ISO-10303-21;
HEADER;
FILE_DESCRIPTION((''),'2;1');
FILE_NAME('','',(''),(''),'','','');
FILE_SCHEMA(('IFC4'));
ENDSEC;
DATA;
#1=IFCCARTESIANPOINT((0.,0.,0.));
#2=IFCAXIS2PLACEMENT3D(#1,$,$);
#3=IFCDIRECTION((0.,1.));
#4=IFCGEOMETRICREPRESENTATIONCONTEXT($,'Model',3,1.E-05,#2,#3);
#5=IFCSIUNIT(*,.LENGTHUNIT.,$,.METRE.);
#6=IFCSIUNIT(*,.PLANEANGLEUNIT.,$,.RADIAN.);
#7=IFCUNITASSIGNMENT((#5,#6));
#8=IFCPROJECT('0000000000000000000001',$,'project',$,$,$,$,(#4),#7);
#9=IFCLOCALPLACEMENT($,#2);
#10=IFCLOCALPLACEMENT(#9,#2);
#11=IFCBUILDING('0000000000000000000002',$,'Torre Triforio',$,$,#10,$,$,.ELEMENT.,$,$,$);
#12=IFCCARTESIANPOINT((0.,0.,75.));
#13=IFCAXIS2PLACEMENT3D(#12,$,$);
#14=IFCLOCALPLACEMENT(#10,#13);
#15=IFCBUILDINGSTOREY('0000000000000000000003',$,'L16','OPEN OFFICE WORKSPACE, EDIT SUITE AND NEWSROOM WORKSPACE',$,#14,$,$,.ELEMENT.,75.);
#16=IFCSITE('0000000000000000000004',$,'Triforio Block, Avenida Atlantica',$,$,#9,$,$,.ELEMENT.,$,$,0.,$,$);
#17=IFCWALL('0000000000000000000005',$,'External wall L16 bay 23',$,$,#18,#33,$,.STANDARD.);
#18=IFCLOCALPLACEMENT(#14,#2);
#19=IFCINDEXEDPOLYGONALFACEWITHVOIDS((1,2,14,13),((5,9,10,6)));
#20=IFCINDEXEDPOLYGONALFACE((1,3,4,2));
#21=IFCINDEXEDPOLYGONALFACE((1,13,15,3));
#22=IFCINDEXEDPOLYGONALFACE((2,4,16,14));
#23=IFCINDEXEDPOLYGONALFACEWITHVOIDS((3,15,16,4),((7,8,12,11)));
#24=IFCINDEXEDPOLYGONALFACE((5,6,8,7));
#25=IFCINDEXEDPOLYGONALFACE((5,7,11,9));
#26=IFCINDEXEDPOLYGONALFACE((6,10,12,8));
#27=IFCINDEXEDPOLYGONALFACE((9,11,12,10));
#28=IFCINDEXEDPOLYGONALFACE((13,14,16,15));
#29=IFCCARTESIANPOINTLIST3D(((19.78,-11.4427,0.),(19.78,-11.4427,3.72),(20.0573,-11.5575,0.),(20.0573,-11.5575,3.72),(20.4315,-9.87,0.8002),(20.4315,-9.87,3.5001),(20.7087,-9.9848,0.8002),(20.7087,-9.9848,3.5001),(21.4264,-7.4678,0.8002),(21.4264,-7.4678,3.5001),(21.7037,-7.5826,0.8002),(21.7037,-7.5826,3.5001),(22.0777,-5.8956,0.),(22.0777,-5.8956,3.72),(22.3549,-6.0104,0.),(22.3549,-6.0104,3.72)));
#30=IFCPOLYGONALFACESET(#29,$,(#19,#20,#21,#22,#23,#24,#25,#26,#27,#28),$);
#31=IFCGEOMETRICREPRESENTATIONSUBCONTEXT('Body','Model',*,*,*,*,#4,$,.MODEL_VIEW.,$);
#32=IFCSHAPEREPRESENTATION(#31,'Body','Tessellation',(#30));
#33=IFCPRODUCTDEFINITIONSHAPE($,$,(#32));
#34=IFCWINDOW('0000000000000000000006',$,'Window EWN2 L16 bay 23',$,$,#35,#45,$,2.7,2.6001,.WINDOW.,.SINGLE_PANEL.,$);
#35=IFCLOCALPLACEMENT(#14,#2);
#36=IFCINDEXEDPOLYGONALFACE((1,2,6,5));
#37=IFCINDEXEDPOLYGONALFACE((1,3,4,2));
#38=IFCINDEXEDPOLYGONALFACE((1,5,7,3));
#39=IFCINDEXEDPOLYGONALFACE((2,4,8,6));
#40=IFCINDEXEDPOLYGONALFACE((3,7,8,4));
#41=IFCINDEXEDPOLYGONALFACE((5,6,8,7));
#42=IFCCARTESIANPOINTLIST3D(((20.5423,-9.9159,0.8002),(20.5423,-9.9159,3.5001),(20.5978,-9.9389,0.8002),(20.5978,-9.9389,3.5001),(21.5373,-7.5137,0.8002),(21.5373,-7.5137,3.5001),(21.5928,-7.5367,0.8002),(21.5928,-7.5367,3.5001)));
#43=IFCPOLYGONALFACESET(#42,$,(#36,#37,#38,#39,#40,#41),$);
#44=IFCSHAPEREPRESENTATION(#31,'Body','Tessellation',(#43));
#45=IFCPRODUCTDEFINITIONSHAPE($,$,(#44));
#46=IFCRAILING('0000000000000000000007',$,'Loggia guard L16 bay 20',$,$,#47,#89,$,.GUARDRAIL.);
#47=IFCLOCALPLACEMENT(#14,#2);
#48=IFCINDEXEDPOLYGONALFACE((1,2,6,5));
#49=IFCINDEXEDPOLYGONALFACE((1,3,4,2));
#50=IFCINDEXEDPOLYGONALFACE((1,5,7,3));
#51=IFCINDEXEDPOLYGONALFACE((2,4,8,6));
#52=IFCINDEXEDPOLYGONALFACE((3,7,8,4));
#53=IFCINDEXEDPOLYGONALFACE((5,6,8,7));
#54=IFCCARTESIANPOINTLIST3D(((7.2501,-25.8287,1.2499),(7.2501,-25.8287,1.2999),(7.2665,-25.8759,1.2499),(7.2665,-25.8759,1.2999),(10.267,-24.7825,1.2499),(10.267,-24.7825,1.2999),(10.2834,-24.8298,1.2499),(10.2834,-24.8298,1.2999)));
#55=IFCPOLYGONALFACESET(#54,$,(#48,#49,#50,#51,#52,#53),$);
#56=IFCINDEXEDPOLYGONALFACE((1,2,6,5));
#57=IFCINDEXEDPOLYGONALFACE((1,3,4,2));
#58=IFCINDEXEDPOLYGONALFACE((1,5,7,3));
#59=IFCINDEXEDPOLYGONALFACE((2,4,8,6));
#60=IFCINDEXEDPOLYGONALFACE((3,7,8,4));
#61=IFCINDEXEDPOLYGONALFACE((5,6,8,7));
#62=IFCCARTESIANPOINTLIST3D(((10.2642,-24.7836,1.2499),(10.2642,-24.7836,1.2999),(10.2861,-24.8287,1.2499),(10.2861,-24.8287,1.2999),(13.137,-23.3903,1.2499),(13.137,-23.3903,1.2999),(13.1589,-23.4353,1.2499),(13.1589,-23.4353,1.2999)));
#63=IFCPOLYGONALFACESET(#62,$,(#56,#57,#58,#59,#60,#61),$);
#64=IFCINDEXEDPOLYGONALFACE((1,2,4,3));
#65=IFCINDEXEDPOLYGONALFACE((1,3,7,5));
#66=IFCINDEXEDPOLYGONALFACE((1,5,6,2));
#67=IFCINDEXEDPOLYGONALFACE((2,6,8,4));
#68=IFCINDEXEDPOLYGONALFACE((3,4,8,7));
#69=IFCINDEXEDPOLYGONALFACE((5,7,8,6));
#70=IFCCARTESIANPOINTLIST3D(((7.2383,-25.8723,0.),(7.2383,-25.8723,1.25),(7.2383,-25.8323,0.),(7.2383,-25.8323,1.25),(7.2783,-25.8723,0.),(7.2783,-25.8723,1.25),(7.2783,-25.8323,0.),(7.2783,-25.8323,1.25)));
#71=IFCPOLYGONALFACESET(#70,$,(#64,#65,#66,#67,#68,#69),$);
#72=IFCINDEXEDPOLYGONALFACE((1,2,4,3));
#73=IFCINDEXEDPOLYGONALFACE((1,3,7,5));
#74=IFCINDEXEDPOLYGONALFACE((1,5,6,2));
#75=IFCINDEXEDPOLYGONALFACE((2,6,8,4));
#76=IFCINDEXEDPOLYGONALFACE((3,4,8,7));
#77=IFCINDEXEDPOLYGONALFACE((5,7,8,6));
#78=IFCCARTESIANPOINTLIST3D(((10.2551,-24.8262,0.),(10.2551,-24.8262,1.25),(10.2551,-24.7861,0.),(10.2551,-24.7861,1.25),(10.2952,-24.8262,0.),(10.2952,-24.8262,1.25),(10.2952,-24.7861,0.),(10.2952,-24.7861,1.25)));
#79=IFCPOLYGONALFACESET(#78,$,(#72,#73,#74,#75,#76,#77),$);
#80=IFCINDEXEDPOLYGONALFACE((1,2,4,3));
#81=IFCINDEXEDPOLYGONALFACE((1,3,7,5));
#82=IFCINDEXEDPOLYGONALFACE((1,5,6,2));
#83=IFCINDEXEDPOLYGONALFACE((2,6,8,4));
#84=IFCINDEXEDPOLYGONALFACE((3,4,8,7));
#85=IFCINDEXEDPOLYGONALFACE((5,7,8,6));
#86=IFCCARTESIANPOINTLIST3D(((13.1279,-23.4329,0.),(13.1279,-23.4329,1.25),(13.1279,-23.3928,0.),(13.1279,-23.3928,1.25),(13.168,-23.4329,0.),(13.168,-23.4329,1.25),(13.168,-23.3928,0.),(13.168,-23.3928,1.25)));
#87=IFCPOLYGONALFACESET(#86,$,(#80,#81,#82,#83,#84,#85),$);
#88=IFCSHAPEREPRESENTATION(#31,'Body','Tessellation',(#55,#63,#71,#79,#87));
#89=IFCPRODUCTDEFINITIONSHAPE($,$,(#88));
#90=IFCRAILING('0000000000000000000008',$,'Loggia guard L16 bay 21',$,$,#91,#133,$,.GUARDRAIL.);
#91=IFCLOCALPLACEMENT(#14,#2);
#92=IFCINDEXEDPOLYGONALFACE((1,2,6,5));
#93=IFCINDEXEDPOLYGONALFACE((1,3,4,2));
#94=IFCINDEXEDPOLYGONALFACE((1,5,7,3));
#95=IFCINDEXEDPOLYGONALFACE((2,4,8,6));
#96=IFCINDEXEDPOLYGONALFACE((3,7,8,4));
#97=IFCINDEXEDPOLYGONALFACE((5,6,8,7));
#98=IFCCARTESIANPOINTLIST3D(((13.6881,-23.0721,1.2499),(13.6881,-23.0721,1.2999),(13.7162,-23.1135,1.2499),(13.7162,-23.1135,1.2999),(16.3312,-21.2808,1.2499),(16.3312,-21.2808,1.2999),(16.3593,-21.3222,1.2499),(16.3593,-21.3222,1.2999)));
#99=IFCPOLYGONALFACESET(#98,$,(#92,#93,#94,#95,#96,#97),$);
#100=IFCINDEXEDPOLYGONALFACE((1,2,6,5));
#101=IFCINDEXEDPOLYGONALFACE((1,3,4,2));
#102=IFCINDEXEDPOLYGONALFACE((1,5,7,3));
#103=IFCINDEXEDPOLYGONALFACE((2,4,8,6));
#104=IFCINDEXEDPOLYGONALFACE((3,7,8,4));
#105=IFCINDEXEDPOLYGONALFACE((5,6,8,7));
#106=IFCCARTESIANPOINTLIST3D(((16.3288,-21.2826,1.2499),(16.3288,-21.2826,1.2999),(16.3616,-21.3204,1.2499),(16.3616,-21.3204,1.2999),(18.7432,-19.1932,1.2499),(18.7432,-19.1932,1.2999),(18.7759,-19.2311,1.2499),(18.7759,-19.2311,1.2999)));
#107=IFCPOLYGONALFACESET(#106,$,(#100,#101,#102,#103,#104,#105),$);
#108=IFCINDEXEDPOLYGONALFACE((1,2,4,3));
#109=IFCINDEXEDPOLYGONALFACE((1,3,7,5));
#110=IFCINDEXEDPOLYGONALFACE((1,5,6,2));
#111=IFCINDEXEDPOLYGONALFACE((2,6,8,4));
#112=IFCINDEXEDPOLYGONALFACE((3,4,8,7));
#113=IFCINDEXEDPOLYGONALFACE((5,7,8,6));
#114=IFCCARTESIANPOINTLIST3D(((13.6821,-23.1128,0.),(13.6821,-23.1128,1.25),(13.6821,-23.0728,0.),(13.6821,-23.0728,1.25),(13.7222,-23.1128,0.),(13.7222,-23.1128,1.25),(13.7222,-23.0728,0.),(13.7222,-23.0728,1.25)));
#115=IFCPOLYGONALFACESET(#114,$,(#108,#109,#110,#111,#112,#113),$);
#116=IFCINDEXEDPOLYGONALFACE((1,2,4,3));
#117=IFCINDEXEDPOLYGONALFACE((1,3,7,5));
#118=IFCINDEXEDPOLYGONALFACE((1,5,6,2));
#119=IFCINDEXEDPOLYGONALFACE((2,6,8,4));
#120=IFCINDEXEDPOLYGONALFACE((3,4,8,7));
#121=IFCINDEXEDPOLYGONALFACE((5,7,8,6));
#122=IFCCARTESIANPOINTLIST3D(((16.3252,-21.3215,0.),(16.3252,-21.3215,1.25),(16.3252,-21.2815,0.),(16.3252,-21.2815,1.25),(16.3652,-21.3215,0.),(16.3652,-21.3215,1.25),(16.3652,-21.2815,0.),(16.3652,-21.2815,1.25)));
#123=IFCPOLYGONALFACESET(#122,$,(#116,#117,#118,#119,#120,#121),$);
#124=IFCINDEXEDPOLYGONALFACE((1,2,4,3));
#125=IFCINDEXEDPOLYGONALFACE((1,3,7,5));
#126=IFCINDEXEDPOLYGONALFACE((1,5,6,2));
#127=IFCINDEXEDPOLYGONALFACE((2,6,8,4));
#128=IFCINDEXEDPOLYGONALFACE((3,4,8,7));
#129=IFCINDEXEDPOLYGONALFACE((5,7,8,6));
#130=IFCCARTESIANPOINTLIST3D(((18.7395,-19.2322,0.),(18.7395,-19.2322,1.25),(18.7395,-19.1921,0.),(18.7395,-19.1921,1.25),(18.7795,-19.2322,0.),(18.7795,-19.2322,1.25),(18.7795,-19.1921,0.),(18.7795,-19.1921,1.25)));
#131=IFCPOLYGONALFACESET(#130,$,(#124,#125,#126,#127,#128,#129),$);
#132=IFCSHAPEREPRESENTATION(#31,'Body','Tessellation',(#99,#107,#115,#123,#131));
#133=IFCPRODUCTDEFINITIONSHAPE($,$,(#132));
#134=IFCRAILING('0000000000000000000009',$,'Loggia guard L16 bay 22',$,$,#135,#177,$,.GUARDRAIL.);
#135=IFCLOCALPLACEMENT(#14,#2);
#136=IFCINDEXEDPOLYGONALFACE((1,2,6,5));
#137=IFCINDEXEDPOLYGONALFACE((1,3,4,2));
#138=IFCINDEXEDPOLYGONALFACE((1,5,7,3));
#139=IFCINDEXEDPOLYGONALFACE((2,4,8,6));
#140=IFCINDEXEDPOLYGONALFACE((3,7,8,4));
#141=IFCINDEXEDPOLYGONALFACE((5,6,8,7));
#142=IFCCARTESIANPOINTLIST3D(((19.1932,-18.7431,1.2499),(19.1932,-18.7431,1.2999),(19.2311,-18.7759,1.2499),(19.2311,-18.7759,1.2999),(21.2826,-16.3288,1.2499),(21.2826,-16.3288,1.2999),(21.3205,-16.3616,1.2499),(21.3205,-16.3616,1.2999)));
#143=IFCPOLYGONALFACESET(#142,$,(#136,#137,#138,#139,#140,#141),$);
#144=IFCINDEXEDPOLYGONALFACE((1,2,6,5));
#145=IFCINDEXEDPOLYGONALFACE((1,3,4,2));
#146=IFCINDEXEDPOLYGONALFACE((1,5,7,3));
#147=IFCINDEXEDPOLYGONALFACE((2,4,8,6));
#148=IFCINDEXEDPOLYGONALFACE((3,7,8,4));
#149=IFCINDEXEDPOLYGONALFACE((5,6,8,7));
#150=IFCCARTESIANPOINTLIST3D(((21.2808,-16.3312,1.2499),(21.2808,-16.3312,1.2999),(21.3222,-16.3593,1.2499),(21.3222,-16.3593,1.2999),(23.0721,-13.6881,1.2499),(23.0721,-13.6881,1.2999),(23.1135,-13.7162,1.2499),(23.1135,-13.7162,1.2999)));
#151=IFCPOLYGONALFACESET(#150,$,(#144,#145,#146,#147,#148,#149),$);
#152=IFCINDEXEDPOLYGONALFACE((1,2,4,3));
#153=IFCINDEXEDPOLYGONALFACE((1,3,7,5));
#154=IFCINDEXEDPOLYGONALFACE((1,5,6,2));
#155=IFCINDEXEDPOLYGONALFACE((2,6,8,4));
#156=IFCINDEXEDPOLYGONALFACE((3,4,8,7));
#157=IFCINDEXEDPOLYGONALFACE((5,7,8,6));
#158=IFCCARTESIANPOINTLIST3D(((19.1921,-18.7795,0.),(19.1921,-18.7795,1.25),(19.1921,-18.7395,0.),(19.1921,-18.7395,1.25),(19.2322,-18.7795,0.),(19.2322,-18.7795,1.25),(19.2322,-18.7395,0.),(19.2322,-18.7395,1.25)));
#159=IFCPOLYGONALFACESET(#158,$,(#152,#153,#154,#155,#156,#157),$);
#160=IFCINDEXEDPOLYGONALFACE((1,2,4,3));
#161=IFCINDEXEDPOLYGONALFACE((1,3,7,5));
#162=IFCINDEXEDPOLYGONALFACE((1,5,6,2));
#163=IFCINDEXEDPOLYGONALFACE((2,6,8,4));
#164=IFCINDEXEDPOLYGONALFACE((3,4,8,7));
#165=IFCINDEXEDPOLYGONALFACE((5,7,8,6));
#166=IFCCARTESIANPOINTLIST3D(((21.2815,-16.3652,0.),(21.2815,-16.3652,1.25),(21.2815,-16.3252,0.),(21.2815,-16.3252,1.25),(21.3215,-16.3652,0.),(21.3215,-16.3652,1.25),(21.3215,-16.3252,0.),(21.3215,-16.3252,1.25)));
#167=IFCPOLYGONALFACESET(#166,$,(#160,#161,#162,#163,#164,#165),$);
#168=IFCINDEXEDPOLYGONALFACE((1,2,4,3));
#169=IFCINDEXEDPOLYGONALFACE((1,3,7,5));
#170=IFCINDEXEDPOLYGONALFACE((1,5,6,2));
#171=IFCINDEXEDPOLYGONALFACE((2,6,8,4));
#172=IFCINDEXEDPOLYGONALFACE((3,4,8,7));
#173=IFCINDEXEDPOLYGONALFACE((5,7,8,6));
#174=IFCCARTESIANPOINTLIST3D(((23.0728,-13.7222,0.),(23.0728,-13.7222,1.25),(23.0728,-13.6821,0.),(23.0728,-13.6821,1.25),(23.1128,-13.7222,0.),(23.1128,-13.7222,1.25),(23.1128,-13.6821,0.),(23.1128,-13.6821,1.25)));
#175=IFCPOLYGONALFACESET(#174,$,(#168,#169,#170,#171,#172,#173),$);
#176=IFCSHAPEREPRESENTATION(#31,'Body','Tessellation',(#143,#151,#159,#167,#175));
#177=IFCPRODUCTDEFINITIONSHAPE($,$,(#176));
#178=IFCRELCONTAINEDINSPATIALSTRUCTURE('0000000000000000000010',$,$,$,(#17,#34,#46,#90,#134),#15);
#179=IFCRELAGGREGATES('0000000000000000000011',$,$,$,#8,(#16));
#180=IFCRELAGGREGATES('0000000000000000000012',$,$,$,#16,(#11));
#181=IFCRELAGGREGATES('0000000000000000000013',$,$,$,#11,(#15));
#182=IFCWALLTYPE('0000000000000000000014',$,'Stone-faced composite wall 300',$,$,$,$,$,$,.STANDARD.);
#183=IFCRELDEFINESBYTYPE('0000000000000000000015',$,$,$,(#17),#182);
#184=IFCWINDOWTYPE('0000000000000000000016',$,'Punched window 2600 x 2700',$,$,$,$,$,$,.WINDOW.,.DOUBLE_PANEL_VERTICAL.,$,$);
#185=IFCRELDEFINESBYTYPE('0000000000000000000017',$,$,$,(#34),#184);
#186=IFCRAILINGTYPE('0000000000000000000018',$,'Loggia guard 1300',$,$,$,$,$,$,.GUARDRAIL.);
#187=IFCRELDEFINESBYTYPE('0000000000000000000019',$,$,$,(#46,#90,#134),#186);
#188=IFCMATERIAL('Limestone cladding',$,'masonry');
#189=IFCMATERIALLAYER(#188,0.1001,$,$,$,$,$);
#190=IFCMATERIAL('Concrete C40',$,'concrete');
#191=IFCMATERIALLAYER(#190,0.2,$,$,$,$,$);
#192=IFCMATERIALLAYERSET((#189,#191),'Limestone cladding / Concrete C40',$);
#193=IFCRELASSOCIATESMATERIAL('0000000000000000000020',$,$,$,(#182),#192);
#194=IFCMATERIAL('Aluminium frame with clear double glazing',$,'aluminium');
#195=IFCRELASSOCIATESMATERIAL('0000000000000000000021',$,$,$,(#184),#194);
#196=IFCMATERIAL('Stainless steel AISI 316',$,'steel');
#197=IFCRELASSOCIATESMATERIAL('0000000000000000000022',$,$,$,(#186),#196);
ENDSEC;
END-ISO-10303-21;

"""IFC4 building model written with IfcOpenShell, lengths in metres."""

from ifc_helpers import new_model, si_unit, direction, frame, frame_2d, origin, origin_2d, place, context, subcontext, project, spatial, rectangle, extrude, material, layer, layer_set, type_object, element, fill, save


model = new_model("IFC4")

# Units and contexts
model_context = context("Model", 3, precision=1e-05, world=origin(), true_north=direction((0.0, 1.0)))
body_context = subcontext(model_context, "Body", "Model", "MODEL_VIEW")
ifc_project = project(units=[si_unit("LENGTHUNIT", "METRE"), si_unit("PLANEANGLEUNIT", "RADIAN")], contexts=[model_context])

# Site, building, storey
site_placement = place(None, origin())
site = spatial("IfcSite", under=ifc_project, at=site_placement, Name="Triforio Block, Avenida Atlantica", CompositionType="ELEMENT", RefElevation=0.0)
building_placement = place(site_placement, origin())
building = spatial("IfcBuilding", under=site, at=building_placement, Name="Torre Triforio", CompositionType="ELEMENT")
storey_placement = place(building_placement, frame((0.0, 0.0, 75.0)))
storey = spatial("IfcBuildingStorey", under=building, at=storey_placement, Name="L16", Description="OPEN OFFICE WORKSPACE, EDIT SUITE AND NEWSROOM WORKSPACE", CompositionType="ELEMENT", Elevation=75.0)

# Shared definitions
ifc_material_1 = material(Name="Limestone cladding", Category="masonry")
ifc_material_2 = material(Name="Concrete C40", Category="concrete")

# Shared definitions
ifc_layer_1 = layer(ifc_material_1, 0.1001)
ifc_layer_2 = layer(ifc_material_2, 0.2)
ifc_layer_set_1 = layer_set([ifc_layer_1, ifc_layer_2], Name="Limestone cladding / Concrete C40")
wall_type_1 = type_object("IfcWallType", Name="Stone-faced composite wall 300", PredefinedType="STANDARD", material=ifc_layer_set_1)
ifc_material_3 = material(Name="Aluminium frame with clear double glazing", Category="aluminium")
window_type_1 = type_object("IfcWindowType", Name="Punched window 2600 x 2700", PartitioningType="DOUBLE_PANEL_VERTICAL", PredefinedType="WINDOW", material=ifc_material_3)

# Wall, opening, window
wall_1_placement = place(storey_placement, frame((19.9187, -11.5, 0.0), z_axis=(0.0, 0.0, 1.0), x_axis=(0.382671, 0.923885, 0.0)))
wall_1 = element("IfcWall", 1, at=wall_1_placement, inside=storey, type_object=wall_type_1, Name="External wall L16 bay 23", PredefinedType="STANDARD", context=body_context, shape_type="SweptSolid", body=[
    extrude(rectangle(XDim=6.0042, YDim=0.3, at=frame_2d((3.002, 0.0))), origin(), (0.0, 0.0, 1.0), 3.72),
])
opening_1_placement = place(wall_1_placement, frame((1.7021, 0.0, 0.8)))
opening_1 = element("IfcOpeningElement", 2, at=opening_1_placement, cuts=wall_1, PredefinedType="OPENING", context=body_context, shape_type="SweptSolid", body=[
    extrude(rectangle(XDim=2.6001, YDim=2.7, at=frame_2d((1.3, 1.3501))), frame((0.0, 0.1599, 0.0), z_axis=(0.0, -1.0, 0.0), x_axis=(1.0, 0.0, 0.0)), (0.0, 0.0, 1.0), 0.3201),
])
window_1_placement = place(opening_1_placement, origin())
window_1 = element("IfcWindow", 3, at=window_1_placement, inside=storey, type_object=window_type_1, Name="Window EWN2 L16 bay 23", OverallHeight=2.7, OverallWidth=2.6001, PartitioningType="SINGLE_PANEL", PredefinedType="WINDOW", context=body_context, shape_type="SweptSolid", body=[
    extrude(rectangle(XDim=2.6001, YDim=2.7, at=frame_2d((1.3, 1.3501))), frame((0.0, 0.03, 0.0), z_axis=(0.0, -1.0, 0.0), x_axis=(1.0, 0.0, 0.0)), (0.0, 0.0, 1.0), 0.0601),
])
fill(opening_1, window_1)

# Railings
ifc_material_4 = material(Name="Stainless steel AISI 316", Category="steel")
railing_type = type_object("IfcRailingType", Name="Loggia guard 1300", PredefinedType="GUARDRAIL", material=ifc_material_4)
railing_1_placement = place(storey_placement, frame((7.2583, -25.8523, 0.0)))
element("IfcRailing", 4, at=railing_1_placement, inside=storey, type_object=railing_type, Name="Loggia guard L16 bay 20", PredefinedType="GUARDRAIL", context=body_context, shape_type="SweptSolid", body=[
    extrude(rectangle(XDim=0.05, YDim=0.05, at=origin_2d()), frame((0.0, 0.0, 1.2749), z_axis=(0.944807, 0.327628, 0.0), x_axis=(-0.327628, 0.944807, 0.0)), (0.0, 0.0, 1.0), 3.1931),
    extrude(rectangle(XDim=0.05, YDim=0.05, at=origin_2d()), frame((3.0168, 1.0461, 1.2749), z_axis=(0.89976, 0.436384, 0.0), x_axis=(-0.436384, 0.89976, 0.0)), (0.0, 0.0, 1.0), 3.1929),
    extrude(rectangle(XDim=0.04, YDim=0.04, at=origin_2d()), origin(), (0.0, 0.0, 1.0), 1.25),
    extrude(rectangle(XDim=0.04, YDim=0.04, at=origin_2d()), frame((3.0168, 1.0461, 0.0)), (0.0, 0.0, 1.0), 1.25),
    extrude(rectangle(XDim=0.04, YDim=0.04, at=origin_2d()), frame((5.8896, 2.4395, 0.0)), (0.0, 0.0, 1.0), 1.25),
])
railing_2_placement = place(storey_placement, frame((13.7021, -23.0928, 0.0)))
element("IfcRailing", 5, at=railing_2_placement, inside=storey, type_object=railing_type, Name="Loggia guard L16 bay 21", PredefinedType="GUARDRAIL", context=body_context, shape_type="SweptSolid", body=[
    extrude(rectangle(XDim=0.05, YDim=0.05, at=origin_2d()), frame((0.0, 0.0, 1.2749), z_axis=(0.827803, 0.561019, 0.0), x_axis=(-0.561019, 0.827803, 0.0)), (0.0, 0.0, 1.0), 3.1929),
    extrude(rectangle(XDim=0.05, YDim=0.05, at=origin_2d()), frame((2.6431, 1.7913, 1.2749), z_axis=(0.756161, 0.654386, 0.0), x_axis=(-0.654386, 0.756161, 0.0)), (0.0, 0.0, 1.0), 3.1929),
    extrude(rectangle(XDim=0.04, YDim=0.04, at=origin_2d()), origin(), (0.0, 0.0, 1.0), 1.25),
    extrude(rectangle(XDim=0.04, YDim=0.04, at=origin_2d()), frame((2.6431, 1.7913, 0.0)), (0.0, 0.0, 1.0), 1.25),
    extrude(rectangle(XDim=0.04, YDim=0.04, at=origin_2d()), frame((5.0574, 3.8806, 0.0)), (0.0, 0.0, 1.0), 1.25),
])
railing_3_placement = place(storey_placement, frame((19.2122, -18.7595, 0.0)))
element("IfcRailing", 6, at=railing_3_placement, inside=storey, type_object=railing_type, Name="Loggia guard L16 bay 22", PredefinedType="GUARDRAIL", context=body_context, shape_type="SweptSolid", body=[
    extrude(rectangle(XDim=0.05, YDim=0.05, at=origin_2d()), frame((0.0, 0.0, 1.2749), z_axis=(0.654386, 0.756161, 0.0), x_axis=(-0.756161, 0.654386, 0.0)), (0.0, 0.0, 1.0), 3.1929),
    extrude(rectangle(XDim=0.05, YDim=0.05, at=origin_2d()), frame((2.0894, 2.4143, 1.2749), z_axis=(0.561019, 0.827803, 0.0), x_axis=(-0.827803, 0.561019, 0.0)), (0.0, 0.0, 1.0), 3.1929),
    extrude(rectangle(XDim=0.04, YDim=0.04, at=origin_2d()), origin(), (0.0, 0.0, 1.0), 1.25),
    extrude(rectangle(XDim=0.04, YDim=0.04, at=origin_2d()), frame((2.0894, 2.4143, 0.0)), (0.0, 0.0, 1.0), 1.25),
    extrude(rectangle(XDim=0.04, YDim=0.04, at=origin_2d()), frame((3.8806, 5.0574, 0.0)), (0.0, 0.0, 1.0), 1.25),
])

save(model, "model.ifc")
